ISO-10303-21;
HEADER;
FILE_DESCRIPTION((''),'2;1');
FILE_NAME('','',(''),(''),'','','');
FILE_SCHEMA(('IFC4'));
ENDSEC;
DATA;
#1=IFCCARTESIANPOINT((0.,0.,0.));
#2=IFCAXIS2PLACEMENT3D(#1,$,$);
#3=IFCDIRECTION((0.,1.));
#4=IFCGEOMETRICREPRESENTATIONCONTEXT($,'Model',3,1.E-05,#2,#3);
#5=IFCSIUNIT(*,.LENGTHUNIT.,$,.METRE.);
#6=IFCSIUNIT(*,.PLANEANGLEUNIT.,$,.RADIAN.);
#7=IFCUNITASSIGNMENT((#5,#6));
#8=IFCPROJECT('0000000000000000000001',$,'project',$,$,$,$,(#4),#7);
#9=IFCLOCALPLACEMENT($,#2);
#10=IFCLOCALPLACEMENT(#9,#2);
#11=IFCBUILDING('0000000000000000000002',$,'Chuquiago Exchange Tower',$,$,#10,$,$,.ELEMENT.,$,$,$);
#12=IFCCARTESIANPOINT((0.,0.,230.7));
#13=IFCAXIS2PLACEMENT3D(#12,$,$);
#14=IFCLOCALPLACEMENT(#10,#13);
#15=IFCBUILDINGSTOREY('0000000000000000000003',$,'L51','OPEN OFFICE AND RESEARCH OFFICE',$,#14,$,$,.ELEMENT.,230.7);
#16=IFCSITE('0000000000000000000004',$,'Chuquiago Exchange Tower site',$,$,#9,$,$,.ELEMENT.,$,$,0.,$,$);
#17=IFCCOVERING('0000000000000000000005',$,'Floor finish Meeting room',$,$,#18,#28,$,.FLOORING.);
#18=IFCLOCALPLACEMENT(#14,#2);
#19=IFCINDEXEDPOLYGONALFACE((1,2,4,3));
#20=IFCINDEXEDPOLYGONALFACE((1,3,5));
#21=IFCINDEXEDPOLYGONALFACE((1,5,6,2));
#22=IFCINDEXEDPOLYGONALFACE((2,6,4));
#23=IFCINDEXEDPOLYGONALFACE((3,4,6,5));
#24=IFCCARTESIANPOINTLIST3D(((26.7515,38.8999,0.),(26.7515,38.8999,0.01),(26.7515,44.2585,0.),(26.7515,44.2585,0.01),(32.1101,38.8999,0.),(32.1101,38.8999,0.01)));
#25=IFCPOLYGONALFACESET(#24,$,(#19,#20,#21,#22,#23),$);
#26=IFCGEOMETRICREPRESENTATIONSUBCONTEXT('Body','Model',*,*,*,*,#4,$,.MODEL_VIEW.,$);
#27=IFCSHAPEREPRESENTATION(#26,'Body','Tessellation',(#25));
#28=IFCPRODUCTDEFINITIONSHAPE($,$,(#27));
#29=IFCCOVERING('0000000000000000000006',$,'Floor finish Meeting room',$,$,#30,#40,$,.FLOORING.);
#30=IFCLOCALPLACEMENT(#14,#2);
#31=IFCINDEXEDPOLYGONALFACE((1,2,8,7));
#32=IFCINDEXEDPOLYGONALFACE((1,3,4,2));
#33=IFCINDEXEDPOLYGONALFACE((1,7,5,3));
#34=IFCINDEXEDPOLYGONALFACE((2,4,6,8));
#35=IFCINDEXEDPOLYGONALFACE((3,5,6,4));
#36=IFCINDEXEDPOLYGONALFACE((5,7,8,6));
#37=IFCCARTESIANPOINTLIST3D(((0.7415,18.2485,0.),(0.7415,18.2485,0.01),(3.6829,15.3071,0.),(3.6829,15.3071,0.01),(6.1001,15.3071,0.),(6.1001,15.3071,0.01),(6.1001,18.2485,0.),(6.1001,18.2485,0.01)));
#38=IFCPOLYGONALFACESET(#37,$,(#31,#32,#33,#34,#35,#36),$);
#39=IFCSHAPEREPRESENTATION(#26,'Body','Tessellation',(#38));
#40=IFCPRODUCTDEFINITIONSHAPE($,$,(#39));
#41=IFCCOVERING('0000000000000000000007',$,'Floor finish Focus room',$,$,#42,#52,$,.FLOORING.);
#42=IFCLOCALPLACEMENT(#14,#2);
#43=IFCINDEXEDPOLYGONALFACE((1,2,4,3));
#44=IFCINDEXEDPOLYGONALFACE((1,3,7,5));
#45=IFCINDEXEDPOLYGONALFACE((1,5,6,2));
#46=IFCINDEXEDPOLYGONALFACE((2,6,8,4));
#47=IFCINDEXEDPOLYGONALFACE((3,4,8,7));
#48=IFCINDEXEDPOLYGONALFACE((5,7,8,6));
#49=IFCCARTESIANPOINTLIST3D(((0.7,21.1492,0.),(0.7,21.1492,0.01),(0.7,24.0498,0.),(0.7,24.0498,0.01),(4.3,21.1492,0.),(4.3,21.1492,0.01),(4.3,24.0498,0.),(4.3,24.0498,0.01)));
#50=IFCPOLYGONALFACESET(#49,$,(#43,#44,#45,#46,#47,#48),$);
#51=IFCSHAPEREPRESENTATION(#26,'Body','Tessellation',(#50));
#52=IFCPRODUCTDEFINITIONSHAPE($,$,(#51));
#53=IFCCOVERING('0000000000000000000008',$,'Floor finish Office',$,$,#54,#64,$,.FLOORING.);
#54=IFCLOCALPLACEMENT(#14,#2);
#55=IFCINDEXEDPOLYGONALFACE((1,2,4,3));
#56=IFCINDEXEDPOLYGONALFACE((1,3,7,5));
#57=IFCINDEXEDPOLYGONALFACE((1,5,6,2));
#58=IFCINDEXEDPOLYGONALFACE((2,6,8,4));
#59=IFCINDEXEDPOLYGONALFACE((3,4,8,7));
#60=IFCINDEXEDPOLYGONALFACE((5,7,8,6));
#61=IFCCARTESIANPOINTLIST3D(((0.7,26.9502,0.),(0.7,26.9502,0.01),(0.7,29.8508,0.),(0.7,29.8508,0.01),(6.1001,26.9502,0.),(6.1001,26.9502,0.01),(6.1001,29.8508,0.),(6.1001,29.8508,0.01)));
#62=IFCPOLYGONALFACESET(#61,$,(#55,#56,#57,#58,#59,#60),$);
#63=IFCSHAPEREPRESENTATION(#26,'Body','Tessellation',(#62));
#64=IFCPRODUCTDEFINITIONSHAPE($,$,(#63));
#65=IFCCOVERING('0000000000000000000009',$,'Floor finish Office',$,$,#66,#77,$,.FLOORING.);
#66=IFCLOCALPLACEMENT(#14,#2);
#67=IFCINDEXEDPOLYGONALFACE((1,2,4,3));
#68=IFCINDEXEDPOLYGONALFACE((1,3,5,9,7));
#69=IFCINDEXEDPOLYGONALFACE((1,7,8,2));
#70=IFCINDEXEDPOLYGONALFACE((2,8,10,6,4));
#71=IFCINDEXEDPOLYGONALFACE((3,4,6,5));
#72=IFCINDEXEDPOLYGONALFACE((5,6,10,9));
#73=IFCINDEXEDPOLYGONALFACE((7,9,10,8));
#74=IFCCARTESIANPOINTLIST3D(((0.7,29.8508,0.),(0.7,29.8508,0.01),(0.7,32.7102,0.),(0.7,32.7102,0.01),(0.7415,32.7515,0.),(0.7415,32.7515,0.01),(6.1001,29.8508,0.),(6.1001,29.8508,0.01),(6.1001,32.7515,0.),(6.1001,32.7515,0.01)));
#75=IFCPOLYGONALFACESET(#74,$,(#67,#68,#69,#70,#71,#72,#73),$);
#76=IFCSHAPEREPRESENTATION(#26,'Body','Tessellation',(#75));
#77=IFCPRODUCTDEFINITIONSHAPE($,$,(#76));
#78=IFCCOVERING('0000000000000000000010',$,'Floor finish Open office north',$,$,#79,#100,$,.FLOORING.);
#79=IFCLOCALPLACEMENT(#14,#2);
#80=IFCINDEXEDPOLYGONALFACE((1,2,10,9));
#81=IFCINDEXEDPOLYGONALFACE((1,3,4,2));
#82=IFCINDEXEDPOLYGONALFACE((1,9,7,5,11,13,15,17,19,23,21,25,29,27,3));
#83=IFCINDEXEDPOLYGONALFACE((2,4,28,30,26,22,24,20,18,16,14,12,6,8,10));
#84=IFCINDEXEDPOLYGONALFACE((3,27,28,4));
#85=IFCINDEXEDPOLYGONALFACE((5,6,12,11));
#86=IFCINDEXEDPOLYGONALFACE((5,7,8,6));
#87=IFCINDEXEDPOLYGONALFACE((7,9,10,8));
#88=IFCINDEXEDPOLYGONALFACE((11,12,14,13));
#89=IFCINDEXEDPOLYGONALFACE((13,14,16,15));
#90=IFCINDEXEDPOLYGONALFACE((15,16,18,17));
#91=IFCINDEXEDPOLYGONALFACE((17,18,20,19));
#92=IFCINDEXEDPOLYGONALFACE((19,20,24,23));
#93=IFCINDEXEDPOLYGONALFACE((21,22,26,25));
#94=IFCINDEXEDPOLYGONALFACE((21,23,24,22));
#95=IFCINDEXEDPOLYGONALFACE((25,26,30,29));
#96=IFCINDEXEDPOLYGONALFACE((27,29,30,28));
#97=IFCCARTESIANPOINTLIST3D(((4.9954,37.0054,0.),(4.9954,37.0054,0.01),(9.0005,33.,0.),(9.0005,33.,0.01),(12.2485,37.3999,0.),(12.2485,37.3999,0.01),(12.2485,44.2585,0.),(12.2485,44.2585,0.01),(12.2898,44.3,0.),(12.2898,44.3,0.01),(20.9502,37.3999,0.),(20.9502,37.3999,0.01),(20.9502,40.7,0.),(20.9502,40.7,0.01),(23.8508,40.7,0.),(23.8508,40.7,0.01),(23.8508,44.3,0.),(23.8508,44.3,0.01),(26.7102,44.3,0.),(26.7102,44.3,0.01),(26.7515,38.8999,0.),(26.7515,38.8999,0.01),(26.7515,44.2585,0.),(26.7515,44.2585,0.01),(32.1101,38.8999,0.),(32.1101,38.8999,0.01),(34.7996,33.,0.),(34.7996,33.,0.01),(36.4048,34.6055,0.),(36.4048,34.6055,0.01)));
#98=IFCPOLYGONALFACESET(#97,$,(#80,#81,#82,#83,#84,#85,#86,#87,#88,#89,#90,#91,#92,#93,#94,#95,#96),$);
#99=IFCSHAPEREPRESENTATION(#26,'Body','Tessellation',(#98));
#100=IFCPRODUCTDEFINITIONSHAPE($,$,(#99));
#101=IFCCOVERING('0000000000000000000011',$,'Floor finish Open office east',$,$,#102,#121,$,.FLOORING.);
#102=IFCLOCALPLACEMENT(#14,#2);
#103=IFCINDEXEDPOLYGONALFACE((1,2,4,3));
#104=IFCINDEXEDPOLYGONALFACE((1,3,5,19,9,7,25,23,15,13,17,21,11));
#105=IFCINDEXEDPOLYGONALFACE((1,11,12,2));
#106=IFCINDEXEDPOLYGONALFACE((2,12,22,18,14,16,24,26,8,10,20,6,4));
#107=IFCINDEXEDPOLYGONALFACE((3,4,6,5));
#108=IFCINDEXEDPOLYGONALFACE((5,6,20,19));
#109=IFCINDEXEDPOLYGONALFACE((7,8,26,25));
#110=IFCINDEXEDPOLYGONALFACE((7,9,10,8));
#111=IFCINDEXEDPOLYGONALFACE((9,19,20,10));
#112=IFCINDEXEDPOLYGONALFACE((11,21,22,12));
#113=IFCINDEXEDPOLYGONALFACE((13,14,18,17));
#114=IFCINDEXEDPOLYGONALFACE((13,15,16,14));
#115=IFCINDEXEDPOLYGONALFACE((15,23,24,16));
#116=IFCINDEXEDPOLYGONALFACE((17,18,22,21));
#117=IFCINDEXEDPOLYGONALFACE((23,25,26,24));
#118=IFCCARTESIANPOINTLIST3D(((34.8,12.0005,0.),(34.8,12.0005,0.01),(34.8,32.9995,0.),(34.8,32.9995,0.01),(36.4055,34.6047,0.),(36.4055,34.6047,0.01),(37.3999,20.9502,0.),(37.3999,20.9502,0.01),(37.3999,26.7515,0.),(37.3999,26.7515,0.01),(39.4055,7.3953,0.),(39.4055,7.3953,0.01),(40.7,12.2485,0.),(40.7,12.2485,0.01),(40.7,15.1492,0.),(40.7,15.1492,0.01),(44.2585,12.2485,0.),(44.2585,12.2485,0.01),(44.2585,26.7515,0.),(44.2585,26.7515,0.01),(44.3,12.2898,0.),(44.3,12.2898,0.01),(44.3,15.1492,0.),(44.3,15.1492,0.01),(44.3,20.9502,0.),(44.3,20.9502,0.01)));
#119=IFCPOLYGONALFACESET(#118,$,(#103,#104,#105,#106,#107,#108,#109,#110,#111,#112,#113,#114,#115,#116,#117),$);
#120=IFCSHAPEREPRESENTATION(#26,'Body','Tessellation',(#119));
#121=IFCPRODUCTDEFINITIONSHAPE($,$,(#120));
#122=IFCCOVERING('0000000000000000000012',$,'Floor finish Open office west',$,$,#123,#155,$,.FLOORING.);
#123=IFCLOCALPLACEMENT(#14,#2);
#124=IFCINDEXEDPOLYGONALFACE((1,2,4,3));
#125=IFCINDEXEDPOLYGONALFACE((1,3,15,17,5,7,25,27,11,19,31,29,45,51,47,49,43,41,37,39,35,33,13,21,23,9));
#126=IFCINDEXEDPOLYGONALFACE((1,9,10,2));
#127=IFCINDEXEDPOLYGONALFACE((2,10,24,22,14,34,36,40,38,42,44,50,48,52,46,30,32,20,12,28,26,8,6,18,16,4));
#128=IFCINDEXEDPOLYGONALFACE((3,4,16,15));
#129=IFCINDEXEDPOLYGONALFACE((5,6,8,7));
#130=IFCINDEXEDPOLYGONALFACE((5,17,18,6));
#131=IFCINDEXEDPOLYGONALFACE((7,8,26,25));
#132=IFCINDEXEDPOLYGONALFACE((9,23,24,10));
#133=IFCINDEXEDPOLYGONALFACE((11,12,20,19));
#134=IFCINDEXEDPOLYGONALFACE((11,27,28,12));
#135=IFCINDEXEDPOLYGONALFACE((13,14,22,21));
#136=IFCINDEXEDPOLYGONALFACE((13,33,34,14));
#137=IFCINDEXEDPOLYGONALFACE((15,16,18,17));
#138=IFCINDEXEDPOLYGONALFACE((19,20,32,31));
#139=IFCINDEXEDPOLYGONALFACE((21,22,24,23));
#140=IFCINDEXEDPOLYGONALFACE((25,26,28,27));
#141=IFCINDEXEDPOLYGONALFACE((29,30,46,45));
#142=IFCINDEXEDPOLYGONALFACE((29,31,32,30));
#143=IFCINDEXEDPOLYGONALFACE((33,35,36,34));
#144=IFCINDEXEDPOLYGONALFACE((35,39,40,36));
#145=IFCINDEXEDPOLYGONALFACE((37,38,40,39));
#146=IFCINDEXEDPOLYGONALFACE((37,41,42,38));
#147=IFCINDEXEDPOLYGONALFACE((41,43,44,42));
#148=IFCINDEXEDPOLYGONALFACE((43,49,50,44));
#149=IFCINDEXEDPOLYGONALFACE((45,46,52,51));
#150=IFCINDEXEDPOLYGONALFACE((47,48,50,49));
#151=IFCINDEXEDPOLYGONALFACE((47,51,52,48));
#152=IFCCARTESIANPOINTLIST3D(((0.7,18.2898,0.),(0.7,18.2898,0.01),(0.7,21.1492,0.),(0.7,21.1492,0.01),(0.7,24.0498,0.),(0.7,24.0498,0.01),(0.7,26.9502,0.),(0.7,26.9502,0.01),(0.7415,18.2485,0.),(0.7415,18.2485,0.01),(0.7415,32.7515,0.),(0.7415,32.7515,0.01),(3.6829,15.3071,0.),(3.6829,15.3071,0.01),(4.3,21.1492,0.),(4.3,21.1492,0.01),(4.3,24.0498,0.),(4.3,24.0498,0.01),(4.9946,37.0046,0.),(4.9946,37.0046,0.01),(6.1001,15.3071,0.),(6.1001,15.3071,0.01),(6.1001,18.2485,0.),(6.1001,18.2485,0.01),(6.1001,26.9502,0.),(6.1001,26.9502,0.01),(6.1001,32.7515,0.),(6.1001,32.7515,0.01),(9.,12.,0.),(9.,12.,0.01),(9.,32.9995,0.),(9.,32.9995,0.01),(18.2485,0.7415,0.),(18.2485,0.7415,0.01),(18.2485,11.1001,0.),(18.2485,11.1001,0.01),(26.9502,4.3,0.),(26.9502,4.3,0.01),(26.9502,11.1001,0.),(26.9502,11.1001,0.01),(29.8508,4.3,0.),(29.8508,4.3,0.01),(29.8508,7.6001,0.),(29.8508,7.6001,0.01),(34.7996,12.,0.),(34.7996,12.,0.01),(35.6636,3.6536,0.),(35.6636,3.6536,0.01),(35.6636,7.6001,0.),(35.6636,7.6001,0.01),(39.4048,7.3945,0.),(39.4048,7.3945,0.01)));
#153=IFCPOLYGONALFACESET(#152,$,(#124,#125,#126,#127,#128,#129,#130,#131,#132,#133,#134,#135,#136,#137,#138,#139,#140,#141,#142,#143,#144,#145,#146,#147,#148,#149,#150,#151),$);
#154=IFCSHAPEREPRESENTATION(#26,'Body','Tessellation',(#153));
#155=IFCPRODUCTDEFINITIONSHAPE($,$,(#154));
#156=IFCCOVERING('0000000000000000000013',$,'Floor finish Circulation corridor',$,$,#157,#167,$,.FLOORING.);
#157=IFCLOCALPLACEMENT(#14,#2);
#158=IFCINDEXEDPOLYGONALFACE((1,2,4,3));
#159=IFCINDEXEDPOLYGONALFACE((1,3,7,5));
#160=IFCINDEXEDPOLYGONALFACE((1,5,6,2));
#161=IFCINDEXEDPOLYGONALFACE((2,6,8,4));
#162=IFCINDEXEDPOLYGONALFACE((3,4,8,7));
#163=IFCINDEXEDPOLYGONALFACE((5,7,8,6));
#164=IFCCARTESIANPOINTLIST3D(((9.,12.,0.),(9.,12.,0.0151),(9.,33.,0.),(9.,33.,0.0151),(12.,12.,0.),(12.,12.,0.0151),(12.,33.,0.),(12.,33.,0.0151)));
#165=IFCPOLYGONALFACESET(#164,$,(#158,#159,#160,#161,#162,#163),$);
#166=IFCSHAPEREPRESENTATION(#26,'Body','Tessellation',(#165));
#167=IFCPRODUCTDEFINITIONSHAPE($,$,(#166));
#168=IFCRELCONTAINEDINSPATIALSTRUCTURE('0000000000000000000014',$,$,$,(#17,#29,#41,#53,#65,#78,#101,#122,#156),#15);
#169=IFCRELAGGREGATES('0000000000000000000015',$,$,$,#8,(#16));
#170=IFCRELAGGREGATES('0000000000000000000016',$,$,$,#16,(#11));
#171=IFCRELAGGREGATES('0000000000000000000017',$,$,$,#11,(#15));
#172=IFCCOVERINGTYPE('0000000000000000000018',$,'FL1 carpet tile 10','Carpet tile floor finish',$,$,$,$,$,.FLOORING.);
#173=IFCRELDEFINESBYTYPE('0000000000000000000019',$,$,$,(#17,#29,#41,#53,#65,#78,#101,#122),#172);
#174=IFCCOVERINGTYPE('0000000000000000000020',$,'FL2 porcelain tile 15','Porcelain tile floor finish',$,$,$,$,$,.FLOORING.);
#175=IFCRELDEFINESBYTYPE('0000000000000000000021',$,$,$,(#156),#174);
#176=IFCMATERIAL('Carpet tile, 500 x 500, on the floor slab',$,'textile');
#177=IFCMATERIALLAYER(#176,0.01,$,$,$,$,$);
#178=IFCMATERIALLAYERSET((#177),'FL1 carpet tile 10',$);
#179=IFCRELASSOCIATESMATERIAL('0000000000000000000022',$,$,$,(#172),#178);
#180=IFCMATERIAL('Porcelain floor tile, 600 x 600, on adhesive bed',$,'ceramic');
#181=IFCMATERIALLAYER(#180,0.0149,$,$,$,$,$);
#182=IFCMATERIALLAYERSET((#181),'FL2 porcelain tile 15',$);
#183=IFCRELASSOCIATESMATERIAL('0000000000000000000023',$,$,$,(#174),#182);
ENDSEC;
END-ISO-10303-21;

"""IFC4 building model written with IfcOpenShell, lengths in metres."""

from ifc_helpers import new_model, si_unit, direction, frame, origin, place, context, subcontext, project, spatial, polyline, outline, extrude, material, layer, layer_set, type_object, element, save


model = new_model("IFC4")

# Units and contexts
model_context = context("Model", 3, precision=1e-05, world=origin(), true_north=direction((0.0, 1.0)))
body_context = subcontext(model_context, "Body", "Model", "MODEL_VIEW")
ifc_project = project(units=[si_unit("LENGTHUNIT", "METRE"), si_unit("PLANEANGLEUNIT", "RADIAN")], contexts=[model_context])

# Site, building, storey
site_placement = place(None, origin())
site = spatial("IfcSite", under=ifc_project, at=site_placement, Name="Chuquiago Exchange Tower site", CompositionType="ELEMENT", RefElevation=0.0)
building_placement = place(site_placement, origin())
building = spatial("IfcBuilding", under=site, at=building_placement, Name="Chuquiago Exchange Tower", CompositionType="ELEMENT")
storey_placement = place(building_placement, frame((0.0, 0.0, 230.7)))
storey = spatial("IfcBuildingStorey", under=building, at=storey_placement, Name="L51", Description="OPEN OFFICE AND RESEARCH OFFICE", CompositionType="ELEMENT", Elevation=230.7)

# Coverings
ifc_material_1 = material(Name="Carpet tile, 500 x 500, on the floor slab", Category="textile")
ifc_layer_1 = layer(ifc_material_1, 0.01)
ifc_layer_set_1 = layer_set([ifc_layer_1], Name="FL1 carpet tile 10")
covering_type_1 = type_object("IfcCoveringType", Name="FL1 carpet tile 10", Description="Carpet tile floor finish", PredefinedType="FLOORING", material=ifc_layer_set_1)
covering_1_placement = place(storey_placement, origin())
element("IfcCovering", 1, at=covering_1_placement, inside=storey, type_object=covering_type_1, Name="Floor finish Meeting room", PredefinedType="FLOORING", context=body_context, shape_type="SweptSolid", body=[
    extrude(outline(polyline([(32.1101, 38.8999), (26.7515, 38.8999), (26.7515, 44.2585), (32.1101, 38.8999)])), origin(), (0.0, 0.0, 1.0), 0.01),
])
covering_2_placement = place(storey_placement, origin())
element("IfcCovering", 2, at=covering_2_placement, inside=storey, type_object=covering_type_1, Name="Floor finish Meeting room", PredefinedType="FLOORING", context=body_context, shape_type="SweptSolid", body=[
    extrude(outline(polyline([(0.7415, 18.2485), (6.1001, 18.2485), (6.1001, 15.3071), (3.6829, 15.3071), (0.7415, 18.2485)])), origin(), (0.0, 0.0, 1.0), 0.01),
])
covering_3_placement = place(storey_placement, origin())
element("IfcCovering", 3, at=covering_3_placement, inside=storey, type_object=covering_type_1, Name="Floor finish Focus room", PredefinedType="FLOORING", context=body_context, shape_type="SweptSolid", body=[
    extrude(outline(polyline([(0.7, 24.0498), (4.3, 24.0498), (4.3, 21.1492), (0.7, 21.1492), (0.7, 24.0498)])), origin(), (0.0, 0.0, 1.0), 0.01),
])
covering_4_placement = place(storey_placement, origin())
element("IfcCovering", 4, at=covering_4_placement, inside=storey, type_object=covering_type_1, Name="Floor finish Office", PredefinedType="FLOORING", context=body_context, shape_type="SweptSolid", body=[
    extrude(outline(polyline([(0.7, 29.8508), (6.1001, 29.8508), (6.1001, 26.9502), (0.7, 26.9502), (0.7, 29.8508)])), origin(), (0.0, 0.0, 1.0), 0.01),
])
covering_5_placement = place(storey_placement, origin())
element("IfcCovering", 5, at=covering_5_placement, inside=storey, type_object=covering_type_1, Name="Floor finish Office", PredefinedType="FLOORING", context=body_context, shape_type="SweptSolid", body=[
    extrude(outline(polyline([(0.7, 32.7102), (0.7415, 32.7515), (6.1001, 32.7515), (6.1001, 29.8508), (0.7, 29.8508), (0.7, 32.7102)])), origin(), (0.0, 0.0, 1.0), 0.01),
])
covering_6_placement = place(storey_placement, origin())
element("IfcCovering", 6, at=covering_6_placement, inside=storey, type_object=covering_type_1, Name="Floor finish Open office north", PredefinedType="FLOORING", context=body_context, shape_type="SweptSolid", body=[
    extrude(outline(polyline([(12.2898, 44.3), (12.2485, 44.2585), (12.2485, 37.3999), (20.9502, 37.3999), (20.9502, 40.7), (23.8508, 40.7), (23.8508, 44.3), (26.7102, 44.3), (26.7515, 44.2585), (26.7515, 38.8999), (32.1101, 38.8999), (36.4048, 34.6055), (34.7996, 33.0), (9.0005, 33.0), (4.9954, 37.0054), (12.2898, 44.3)])), origin(), (0.0, 0.0, 1.0), 0.01),
])
covering_7_placement = place(storey_placement, origin())
element("IfcCovering", 7, at=covering_7_placement, inside=storey, type_object=covering_type_1, Name="Floor finish Open office east", PredefinedType="FLOORING", context=body_context, shape_type="SweptSolid", body=[
    extrude(outline(polyline([(44.2585, 26.7515), (37.3999, 26.7515), (37.3999, 20.9502), (44.3, 20.9502), (44.3, 15.1492), (40.7, 15.1492), (40.7, 12.2485), (44.2585, 12.2485), (44.3, 12.2898), (39.4055, 7.3953), (34.8, 12.0005), (34.8, 32.9995), (36.4055, 34.6047), (44.2585, 26.7515)])), origin(), (0.0, 0.0, 1.0), 0.01),
])
covering_8_placement = place(storey_placement, origin())
element("IfcCovering", 8, at=covering_8_placement, inside=storey, type_object=covering_type_1, Name="Floor finish Open office west", PredefinedType="FLOORING", context=body_context, shape_type="SweptSolid", body=[
    extrude(outline(polyline([(4.3, 24.0498), (0.7, 24.0498), (0.7, 26.9502), (6.1001, 26.9502), (6.1001, 32.7515), (0.7415, 32.7515), (4.9946, 37.0046), (9.0, 32.9995), (9.0, 12.0), (34.7996, 12.0), (39.4048, 7.3945), (35.6636, 3.6536), (35.6636, 7.6001), (29.8508, 7.6001), (29.8508, 4.3), (26.9502, 4.3), (26.9502, 11.1001), (18.2485, 11.1001), (18.2485, 0.7415), (3.6829, 15.3071), (6.1001, 15.3071), (6.1001, 18.2485), (0.7415, 18.2485), (0.7, 18.2898), (0.7, 21.1492), (4.3, 21.1492), (4.3, 24.0498)])), origin(), (0.0, 0.0, 1.0), 0.01),
])
ifc_material_2 = material(Name="Porcelain floor tile, 600 x 600, on adhesive bed", Category="ceramic")
ifc_layer_2 = layer(ifc_material_2, 0.0149)
ifc_layer_set_2 = layer_set([ifc_layer_2], Name="FL2 porcelain tile 15")
covering_type_2 = type_object("IfcCoveringType", Name="FL2 porcelain tile 15", Description="Porcelain tile floor finish", PredefinedType="FLOORING", material=ifc_layer_set_2)
covering_9_placement = place(storey_placement, origin())
element("IfcCovering", 9, at=covering_9_placement, inside=storey, type_object=covering_type_2, Name="Floor finish Circulation corridor", PredefinedType="FLOORING", context=body_context, shape_type="SweptSolid", body=[
    extrude(outline(polyline([(12.0, 12.0), (9.0, 12.0), (9.0, 33.0), (12.0, 33.0), (12.0, 12.0)])), origin(), (0.0, 0.0, 1.0), 0.0151),
])

save(model, "model.ifc")
